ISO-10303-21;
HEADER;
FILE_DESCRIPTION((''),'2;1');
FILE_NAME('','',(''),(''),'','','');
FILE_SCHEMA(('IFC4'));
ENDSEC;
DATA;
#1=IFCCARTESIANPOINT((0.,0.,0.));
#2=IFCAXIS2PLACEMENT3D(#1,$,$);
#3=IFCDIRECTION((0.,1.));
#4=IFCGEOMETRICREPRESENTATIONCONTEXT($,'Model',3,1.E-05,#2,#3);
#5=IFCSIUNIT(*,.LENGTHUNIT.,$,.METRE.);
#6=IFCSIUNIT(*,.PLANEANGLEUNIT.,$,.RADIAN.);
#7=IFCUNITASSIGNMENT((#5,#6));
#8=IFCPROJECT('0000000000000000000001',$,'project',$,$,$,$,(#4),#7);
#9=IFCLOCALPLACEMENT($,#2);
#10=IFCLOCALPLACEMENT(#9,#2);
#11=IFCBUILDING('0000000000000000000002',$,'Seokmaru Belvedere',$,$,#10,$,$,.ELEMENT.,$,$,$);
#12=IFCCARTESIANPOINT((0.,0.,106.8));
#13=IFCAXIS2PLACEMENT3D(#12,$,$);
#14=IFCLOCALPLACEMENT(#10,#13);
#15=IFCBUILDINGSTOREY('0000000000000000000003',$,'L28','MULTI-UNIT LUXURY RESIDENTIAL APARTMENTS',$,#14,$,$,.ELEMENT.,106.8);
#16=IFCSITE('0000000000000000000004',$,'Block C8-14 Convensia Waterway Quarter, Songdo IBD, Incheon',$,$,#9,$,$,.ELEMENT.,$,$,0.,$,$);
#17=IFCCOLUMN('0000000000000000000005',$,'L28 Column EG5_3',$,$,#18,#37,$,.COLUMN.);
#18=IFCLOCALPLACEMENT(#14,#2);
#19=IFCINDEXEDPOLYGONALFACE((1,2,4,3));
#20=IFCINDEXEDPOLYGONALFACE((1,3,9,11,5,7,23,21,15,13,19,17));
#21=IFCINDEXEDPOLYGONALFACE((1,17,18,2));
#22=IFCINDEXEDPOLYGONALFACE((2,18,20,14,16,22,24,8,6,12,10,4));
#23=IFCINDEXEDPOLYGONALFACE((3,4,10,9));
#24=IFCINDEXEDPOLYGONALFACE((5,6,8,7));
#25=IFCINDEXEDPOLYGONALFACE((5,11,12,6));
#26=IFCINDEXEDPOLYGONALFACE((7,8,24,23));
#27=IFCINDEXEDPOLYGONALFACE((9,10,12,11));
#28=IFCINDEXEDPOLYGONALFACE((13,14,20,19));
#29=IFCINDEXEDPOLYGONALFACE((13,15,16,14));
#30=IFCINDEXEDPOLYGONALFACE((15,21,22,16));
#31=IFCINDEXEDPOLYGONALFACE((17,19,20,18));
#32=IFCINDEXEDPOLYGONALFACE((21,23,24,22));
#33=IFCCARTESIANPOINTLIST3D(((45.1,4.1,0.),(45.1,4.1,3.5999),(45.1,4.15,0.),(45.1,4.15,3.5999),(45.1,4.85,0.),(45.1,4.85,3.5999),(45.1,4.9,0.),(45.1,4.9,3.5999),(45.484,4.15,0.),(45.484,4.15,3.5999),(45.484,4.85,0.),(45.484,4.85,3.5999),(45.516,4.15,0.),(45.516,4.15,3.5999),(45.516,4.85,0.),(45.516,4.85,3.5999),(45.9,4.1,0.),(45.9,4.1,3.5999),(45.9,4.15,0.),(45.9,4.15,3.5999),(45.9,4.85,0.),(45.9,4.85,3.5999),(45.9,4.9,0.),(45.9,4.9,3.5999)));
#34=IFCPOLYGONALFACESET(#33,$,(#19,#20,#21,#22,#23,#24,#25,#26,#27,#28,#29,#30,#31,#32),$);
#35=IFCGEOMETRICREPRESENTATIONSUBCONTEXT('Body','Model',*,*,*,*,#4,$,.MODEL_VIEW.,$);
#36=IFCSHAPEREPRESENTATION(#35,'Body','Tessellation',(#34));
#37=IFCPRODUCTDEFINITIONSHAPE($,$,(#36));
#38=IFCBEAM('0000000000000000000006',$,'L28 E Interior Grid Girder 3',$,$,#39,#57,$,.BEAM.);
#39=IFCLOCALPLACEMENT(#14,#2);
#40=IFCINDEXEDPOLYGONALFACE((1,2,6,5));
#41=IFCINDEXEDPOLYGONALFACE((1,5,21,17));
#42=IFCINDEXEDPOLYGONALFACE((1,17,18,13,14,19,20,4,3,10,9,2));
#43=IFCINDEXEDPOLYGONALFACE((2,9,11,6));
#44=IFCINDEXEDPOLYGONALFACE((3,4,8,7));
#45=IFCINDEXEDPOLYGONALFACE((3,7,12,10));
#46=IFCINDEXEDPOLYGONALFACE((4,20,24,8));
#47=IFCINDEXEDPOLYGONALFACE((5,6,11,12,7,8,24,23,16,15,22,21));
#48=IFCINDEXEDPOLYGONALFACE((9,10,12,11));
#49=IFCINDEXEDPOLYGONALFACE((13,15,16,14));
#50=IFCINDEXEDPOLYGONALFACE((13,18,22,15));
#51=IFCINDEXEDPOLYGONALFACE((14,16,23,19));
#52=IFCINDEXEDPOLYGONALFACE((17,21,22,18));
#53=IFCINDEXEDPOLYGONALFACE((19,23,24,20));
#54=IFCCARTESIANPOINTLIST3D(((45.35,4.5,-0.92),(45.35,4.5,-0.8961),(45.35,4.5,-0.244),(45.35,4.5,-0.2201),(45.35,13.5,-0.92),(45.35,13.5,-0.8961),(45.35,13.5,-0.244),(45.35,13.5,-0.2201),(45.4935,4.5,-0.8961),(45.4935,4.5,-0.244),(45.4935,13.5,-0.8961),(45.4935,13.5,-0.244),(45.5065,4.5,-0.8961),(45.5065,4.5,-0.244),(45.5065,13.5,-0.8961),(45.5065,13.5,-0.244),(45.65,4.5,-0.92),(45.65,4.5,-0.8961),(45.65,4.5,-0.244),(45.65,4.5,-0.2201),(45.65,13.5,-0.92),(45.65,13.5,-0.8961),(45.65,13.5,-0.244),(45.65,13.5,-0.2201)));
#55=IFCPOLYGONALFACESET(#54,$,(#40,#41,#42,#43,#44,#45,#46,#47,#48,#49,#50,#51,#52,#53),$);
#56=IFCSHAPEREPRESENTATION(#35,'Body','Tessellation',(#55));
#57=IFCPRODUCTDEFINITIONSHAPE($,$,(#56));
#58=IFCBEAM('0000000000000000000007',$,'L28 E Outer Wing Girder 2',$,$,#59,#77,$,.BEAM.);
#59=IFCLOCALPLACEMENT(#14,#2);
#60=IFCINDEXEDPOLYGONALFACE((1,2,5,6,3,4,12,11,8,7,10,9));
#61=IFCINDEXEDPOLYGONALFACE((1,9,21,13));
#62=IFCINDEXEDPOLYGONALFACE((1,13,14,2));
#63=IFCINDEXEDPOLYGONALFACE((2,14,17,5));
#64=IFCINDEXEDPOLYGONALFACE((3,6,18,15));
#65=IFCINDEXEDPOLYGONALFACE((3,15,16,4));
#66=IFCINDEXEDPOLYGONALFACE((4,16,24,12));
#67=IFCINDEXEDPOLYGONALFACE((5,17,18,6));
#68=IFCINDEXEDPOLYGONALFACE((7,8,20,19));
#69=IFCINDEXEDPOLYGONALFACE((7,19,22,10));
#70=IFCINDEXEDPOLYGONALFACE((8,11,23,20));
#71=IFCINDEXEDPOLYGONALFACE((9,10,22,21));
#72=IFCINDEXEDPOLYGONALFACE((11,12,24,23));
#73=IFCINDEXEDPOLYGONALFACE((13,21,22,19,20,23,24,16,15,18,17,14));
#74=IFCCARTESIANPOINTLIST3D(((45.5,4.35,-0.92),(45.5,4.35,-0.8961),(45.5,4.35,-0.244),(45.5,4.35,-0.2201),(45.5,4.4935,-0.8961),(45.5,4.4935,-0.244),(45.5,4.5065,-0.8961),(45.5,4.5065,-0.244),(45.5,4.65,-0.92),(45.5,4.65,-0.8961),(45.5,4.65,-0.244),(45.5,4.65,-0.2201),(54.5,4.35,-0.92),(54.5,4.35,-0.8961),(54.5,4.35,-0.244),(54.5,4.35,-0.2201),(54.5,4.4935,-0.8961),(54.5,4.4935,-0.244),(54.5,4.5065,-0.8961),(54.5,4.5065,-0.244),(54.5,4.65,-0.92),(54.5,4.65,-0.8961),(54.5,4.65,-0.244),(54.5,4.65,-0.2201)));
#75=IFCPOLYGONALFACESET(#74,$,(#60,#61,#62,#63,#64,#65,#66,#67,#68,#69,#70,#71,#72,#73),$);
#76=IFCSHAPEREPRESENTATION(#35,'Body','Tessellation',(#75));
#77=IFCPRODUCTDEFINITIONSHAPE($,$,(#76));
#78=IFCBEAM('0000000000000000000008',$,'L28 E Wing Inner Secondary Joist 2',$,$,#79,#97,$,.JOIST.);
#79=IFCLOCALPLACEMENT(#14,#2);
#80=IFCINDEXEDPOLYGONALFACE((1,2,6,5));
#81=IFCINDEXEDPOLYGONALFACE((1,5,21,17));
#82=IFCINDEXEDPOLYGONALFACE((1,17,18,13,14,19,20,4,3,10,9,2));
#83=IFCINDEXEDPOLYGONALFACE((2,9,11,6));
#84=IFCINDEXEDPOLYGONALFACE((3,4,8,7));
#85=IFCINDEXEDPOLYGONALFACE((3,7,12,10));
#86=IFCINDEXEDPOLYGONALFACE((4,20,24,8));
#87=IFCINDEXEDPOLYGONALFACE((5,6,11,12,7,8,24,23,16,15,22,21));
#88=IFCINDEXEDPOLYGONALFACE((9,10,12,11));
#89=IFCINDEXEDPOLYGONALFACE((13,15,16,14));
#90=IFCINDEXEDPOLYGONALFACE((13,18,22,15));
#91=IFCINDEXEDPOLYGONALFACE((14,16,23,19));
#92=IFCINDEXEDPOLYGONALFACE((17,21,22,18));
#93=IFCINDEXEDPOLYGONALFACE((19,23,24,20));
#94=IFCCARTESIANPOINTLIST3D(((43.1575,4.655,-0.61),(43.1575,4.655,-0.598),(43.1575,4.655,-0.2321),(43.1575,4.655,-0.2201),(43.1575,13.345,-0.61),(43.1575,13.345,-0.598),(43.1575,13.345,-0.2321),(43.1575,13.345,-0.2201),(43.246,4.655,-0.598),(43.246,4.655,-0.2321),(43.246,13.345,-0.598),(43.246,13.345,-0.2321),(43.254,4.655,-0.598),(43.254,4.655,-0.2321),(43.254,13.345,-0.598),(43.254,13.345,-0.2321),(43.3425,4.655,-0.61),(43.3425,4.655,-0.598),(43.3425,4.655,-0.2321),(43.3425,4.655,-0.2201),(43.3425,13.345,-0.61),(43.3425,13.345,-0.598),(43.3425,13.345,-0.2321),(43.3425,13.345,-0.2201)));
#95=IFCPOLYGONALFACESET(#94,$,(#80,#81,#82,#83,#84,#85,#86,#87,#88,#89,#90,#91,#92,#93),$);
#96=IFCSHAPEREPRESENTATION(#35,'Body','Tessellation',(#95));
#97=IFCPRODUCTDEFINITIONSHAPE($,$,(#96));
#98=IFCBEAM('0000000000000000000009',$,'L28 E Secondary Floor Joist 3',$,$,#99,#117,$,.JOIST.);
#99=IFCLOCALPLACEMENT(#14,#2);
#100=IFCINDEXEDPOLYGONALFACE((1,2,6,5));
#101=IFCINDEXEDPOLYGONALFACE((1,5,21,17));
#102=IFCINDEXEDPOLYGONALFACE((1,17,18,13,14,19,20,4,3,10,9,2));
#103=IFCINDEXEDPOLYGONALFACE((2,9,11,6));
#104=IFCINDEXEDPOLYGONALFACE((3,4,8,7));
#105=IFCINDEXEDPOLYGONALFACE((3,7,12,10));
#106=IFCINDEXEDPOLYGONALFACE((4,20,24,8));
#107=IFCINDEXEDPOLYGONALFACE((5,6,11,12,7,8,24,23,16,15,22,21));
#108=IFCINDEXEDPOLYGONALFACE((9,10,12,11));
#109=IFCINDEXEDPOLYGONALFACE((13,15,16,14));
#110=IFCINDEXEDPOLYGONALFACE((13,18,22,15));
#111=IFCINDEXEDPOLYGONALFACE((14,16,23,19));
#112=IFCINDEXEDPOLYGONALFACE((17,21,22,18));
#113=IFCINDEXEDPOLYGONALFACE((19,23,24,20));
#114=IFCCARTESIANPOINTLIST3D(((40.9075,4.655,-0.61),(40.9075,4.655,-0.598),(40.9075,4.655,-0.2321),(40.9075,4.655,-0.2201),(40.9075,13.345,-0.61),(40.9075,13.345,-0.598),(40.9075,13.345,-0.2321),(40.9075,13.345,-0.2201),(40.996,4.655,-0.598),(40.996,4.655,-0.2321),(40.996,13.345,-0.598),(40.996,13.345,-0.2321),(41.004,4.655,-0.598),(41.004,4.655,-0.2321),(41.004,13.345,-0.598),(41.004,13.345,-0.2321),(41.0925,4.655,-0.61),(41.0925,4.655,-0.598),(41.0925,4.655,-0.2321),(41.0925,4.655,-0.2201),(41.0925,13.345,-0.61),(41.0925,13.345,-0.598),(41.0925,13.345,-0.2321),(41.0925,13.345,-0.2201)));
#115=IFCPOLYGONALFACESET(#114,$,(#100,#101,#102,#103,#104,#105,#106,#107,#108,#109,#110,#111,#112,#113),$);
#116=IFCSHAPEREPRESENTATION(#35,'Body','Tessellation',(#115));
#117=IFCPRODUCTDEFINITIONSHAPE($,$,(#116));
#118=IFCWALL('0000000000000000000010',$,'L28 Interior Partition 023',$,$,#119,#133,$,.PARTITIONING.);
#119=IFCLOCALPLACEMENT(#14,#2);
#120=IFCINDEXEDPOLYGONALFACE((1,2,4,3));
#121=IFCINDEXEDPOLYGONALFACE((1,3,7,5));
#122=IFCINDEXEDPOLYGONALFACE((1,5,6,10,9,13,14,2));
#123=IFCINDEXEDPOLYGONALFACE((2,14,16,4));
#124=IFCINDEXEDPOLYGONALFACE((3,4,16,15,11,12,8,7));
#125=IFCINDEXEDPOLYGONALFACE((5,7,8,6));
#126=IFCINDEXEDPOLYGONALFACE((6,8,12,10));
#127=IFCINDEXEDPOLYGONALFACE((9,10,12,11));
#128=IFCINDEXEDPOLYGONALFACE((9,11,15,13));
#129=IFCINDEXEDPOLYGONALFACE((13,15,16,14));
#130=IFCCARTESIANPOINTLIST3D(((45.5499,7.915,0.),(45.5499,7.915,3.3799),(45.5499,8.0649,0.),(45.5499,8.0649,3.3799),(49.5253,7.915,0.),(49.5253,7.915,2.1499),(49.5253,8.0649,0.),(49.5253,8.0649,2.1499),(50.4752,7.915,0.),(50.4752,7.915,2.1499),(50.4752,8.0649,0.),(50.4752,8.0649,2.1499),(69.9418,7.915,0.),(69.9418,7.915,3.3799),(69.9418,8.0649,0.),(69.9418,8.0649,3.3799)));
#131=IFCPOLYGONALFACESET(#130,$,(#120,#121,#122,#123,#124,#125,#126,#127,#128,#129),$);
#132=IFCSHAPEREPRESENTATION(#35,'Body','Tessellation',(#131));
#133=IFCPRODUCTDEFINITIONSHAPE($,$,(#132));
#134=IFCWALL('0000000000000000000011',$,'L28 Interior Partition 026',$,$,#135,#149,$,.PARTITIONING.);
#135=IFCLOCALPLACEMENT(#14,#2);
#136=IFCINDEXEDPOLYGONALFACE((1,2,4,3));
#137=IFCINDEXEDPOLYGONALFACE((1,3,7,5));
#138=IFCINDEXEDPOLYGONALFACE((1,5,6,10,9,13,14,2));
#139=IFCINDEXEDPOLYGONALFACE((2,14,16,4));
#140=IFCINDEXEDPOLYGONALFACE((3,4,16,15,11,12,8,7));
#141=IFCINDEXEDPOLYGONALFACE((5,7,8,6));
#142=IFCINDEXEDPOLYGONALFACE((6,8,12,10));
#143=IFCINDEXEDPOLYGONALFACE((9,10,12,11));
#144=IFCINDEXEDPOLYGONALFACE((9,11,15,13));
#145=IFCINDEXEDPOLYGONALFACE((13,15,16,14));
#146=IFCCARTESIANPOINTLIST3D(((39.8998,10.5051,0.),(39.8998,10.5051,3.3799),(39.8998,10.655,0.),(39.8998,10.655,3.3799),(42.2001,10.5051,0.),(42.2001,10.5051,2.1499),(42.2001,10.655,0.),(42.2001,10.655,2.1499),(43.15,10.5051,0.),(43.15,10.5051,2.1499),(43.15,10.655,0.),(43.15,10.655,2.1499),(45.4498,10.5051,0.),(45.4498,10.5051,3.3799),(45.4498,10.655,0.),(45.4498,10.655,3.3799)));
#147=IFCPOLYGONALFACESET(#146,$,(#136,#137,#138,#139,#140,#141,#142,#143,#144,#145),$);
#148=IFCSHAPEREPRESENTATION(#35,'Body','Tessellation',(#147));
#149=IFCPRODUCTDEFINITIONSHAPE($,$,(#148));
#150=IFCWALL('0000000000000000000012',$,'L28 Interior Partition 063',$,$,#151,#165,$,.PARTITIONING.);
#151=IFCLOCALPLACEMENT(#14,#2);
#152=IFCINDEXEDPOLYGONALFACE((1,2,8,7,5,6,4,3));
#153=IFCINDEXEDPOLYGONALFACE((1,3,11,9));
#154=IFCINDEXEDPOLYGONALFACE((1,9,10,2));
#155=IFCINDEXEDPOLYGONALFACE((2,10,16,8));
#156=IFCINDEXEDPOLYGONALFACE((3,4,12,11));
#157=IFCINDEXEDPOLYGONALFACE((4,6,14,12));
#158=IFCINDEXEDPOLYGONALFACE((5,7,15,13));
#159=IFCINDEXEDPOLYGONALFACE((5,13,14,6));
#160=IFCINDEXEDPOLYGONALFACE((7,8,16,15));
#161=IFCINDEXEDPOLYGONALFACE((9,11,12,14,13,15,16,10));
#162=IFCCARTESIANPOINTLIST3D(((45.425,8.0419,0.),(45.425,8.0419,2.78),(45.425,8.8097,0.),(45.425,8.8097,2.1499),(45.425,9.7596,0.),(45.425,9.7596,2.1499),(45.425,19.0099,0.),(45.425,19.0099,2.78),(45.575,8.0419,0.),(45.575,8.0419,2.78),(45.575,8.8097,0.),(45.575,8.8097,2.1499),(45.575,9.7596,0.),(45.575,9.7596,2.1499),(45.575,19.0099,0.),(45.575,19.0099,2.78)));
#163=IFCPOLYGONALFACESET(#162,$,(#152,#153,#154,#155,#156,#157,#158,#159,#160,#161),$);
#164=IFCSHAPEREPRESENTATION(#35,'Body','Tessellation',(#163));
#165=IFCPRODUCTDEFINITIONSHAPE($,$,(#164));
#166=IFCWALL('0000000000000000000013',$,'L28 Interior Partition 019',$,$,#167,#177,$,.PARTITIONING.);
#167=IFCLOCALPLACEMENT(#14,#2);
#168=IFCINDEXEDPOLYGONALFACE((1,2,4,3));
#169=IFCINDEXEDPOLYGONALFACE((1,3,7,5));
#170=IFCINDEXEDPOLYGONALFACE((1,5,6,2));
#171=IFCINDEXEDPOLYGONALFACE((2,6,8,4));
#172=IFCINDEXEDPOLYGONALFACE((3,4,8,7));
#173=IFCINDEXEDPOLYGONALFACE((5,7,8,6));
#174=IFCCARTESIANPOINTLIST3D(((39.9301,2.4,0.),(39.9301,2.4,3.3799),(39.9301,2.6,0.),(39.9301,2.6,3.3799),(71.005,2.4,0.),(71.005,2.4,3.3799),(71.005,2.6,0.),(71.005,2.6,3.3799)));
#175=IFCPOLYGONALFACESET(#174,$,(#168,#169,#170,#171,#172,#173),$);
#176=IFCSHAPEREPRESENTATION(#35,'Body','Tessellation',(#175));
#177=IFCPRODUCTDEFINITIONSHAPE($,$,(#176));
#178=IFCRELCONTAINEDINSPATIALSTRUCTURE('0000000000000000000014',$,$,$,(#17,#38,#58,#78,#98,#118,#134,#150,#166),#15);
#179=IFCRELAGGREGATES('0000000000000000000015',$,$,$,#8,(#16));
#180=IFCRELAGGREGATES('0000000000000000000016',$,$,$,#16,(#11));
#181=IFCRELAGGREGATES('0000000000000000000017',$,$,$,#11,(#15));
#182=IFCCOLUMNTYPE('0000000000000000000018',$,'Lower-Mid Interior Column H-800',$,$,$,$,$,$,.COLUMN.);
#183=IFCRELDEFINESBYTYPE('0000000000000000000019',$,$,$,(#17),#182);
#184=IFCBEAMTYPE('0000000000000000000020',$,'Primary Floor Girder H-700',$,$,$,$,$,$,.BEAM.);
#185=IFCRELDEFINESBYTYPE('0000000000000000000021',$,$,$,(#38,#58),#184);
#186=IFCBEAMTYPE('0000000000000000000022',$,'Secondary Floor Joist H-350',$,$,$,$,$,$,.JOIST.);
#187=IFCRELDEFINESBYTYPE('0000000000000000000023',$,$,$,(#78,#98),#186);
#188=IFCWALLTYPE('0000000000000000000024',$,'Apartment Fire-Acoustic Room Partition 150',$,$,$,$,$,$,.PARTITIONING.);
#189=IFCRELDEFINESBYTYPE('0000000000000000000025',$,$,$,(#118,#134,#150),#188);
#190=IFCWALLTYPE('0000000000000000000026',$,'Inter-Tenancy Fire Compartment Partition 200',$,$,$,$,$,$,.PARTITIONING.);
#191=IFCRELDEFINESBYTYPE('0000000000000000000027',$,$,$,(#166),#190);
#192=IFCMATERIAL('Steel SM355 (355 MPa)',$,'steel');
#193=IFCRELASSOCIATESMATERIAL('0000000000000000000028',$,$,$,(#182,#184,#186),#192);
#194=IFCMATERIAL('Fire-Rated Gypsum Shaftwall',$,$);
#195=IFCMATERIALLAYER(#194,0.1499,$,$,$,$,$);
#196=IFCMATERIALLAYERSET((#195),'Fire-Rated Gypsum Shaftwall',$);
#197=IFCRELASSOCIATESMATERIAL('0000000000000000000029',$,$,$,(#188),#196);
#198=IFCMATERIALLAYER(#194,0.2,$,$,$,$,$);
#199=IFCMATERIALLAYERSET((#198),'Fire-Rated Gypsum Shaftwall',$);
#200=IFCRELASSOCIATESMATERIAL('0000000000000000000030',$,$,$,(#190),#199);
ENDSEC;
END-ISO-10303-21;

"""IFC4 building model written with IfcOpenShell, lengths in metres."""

from ifc_helpers import new_model, si_unit, direction, frame, frame_2d, origin, origin_2d, place, context, subcontext, project, spatial, rectangle, i_section, extrude, source, transform, mapped, material, layer, layer_set, material_profile, profile_set, type_object, type_shapes, element, save


model = new_model("IFC4")

# Units and contexts
model_context = context("Model", 3, precision=1e-05, world=origin(), true_north=direction((0.0, 1.0)))
body_context = subcontext(model_context, "Body", "Model", "MODEL_VIEW")
ifc_project = project(units=[si_unit("LENGTHUNIT", "METRE"), si_unit("PLANEANGLEUNIT", "RADIAN")], contexts=[model_context])

# Site, building, storey
site_placement = place(None, origin())
site = spatial("IfcSite", under=ifc_project, at=site_placement, Name="Block C8-14 Convensia Waterway Quarter, Songdo IBD, Incheon", CompositionType="ELEMENT", RefElevation=0.0)
building_placement = place(site_placement, origin())
building = spatial("IfcBuilding", under=site, at=building_placement, Name="Seokmaru Belvedere", CompositionType="ELEMENT")
storey_placement = place(building_placement, frame((0.0, 0.0, 106.8)))
storey = spatial("IfcBuildingStorey", under=building, at=storey_placement, Name="L28", Description="MULTI-UNIT LUXURY RESIDENTIAL APARTMENTS", CompositionType="ELEMENT", Elevation=106.8)

# Column
ifc_material_1 = material(Name="Steel SM355 (355 MPa)", Category="steel")
ifc_material_profile_1 = material_profile(ifc_material_1, i_section(OverallWidth=0.8, OverallDepth=0.8, WebThickness=0.032, FlangeThickness=0.05, at=origin_2d()), Name="H-800x800x32x50")
ifc_profile_set_1 = profile_set([ifc_material_profile_1], Name="Steel SM355 (355 MPa)")
column_type = type_object("IfcColumnType", Name="Lower-Mid Interior Column H-800", PredefinedType="COLUMN", material=ifc_profile_set_1)
shared_shape_1 = source(origin(), body_context, "Body", "SweptSolid", [
    extrude(i_section(OverallWidth=0.8, OverallDepth=0.8, WebThickness=0.032, FlangeThickness=0.05, at=origin_2d()), origin(), (0.0, 0.0, 1.0), 3.5999),
])
type_shapes(column_type, [shared_shape_1])
column_placement = place(storey_placement, frame((45.5, 4.5, 0.0), z_axis=(0.0, 0.0, 1.0), x_axis=(1.0, 0.0, 0.0)))
element("IfcColumn", 1, at=column_placement, inside=storey, type_object=column_type, Name="L28 Column EG5_3", PredefinedType="COLUMN", context=body_context, shape_type="MappedRepresentation", body=[
    mapped(shared_shape_1, transform((0.0, 0.0, 0.0), scale=1.0)),
])

# Beams
ifc_material_profile_2 = material_profile(ifc_material_1, i_section(OverallWidth=0.3, OverallDepth=0.7, WebThickness=0.0129, FlangeThickness=0.0239, at=origin_2d()), Name="H-700x300x13x24")
ifc_profile_set_2 = profile_set([ifc_material_profile_2], Name="Steel SM355 (355 MPa)")
beam_type_1 = type_object("IfcBeamType", Name="Primary Floor Girder H-700", PredefinedType="BEAM", material=ifc_profile_set_2)
shared_shape_2 = source(origin(), body_context, "Body", "SweptSolid", [
    extrude(i_section(OverallWidth=0.3, OverallDepth=0.7, WebThickness=0.0129, FlangeThickness=0.0239, at=origin_2d()), origin(), (0.0, 0.0, 1.0), 9.0),
])
type_shapes(beam_type_1, [shared_shape_2])
for number, where, z_axis, x_axis, name in (
    (2, (45.5, 4.5, -0.5701), (0.0, 1.0, 0.0), (-1.0, 0.0, 0.0), "L28 E Interior Grid Girder 3"),
    (3, (45.5, 4.5, -0.5701), (1.0, 0.0, 0.0), (0.0, 1.0, 0.0), "L28 E Outer Wing Girder 2"),
):
    element("IfcBeam", number, at=place(storey_placement, frame(where, z_axis=z_axis, x_axis=x_axis)), inside=storey, type_object=beam_type_1, Name=name, PredefinedType="BEAM", context=body_context, shape_type="MappedRepresentation", body=[
        mapped(shared_shape_2, transform((0.0, 0.0, 0.0), scale=1.0)),
    ])
ifc_material_profile_3 = material_profile(ifc_material_1, i_section(OverallWidth=0.1851, OverallDepth=0.3899, WebThickness=0.0081, FlangeThickness=0.012, at=origin_2d()), Name="H-390x185x8x12")
ifc_profile_set_3 = profile_set([ifc_material_profile_3], Name="Steel SM355 (355 MPa)")
beam_type_2 = type_object("IfcBeamType", Name="Secondary Floor Joist H-350", PredefinedType="JOIST", material=ifc_profile_set_3)
shared_shape_3 = source(origin(), body_context, "Body", "SweptSolid", [
    extrude(i_section(OverallWidth=0.1851, OverallDepth=0.3899, WebThickness=0.0081, FlangeThickness=0.012, at=origin_2d()), origin(), (0.0, 0.0, 1.0), 8.6899),
])
type_shapes(beam_type_2, [shared_shape_3])
for number, where, z_axis, x_axis, name in (
    (4, (43.25, 4.655, -0.415), (0.0, 1.0, 0.0), (-1.0, 0.0, 0.0), "L28 E Wing Inner Secondary Joist 2"),
    (5, (41.0, 4.655, -0.415), (0.0, 1.0, 0.0), (-1.0, 0.0, 0.0), "L28 E Secondary Floor Joist 3"),
):
    element("IfcBeam", number, at=place(storey_placement, frame(where, z_axis=z_axis, x_axis=x_axis)), inside=storey, type_object=beam_type_2, Name=name, PredefinedType="JOIST", context=body_context, shape_type="MappedRepresentation", body=[
        mapped(shared_shape_3, transform((0.0, 0.0, 0.0), scale=1.0)),
    ])

# Walls, openings
ifc_material_2 = material(Name="Fire-Rated Gypsum Shaftwall")
ifc_layer_1 = layer(ifc_material_2, 0.1499)
ifc_layer_set_1 = layer_set([ifc_layer_1], Name="Fire-Rated Gypsum Shaftwall")
wall_type_1 = type_object("IfcWallType", Name="Apartment Fire-Acoustic Room Partition 150", PredefinedType="PARTITIONING", material=ifc_layer_set_1)
wall_1_placement = place(storey_placement, frame((45.55, 7.99, 0.0), z_axis=(0.0, 0.0, 1.0), x_axis=(1.0, 0.0, 0.0)))
wall_1 = element("IfcWall", 6, at=wall_1_placement, inside=storey, type_object=wall_type_1, Name="L28 Interior Partition 023", PredefinedType="PARTITIONING", context=body_context, shape_type="SweptSolid", body=[
    extrude(rectangle(XDim=24.3918, YDim=0.1499, at=frame_2d((12.1958, 0.0))), origin(), (0.0, 0.0, 1.0), 3.3799),
])
opening_1_placement = place(wall_1_placement, frame((3.9751, 0.0, 0.0)))
element("IfcOpeningElement", 7, at=opening_1_placement, cuts=wall_1, PredefinedType="OPENING", context=body_context, shape_type="SweptSolid", body=[
    extrude(rectangle(XDim=0.95, YDim=2.1499, at=frame_2d((0.4751, 1.075))), frame((0.0, 0.085, 0.0), z_axis=(0.0, -1.0, 0.0), x_axis=(1.0, 0.0, 0.0)), (0.0, 0.0, 1.0), 0.1699),
])
wall_2_placement = place(storey_placement, frame((39.8999, 10.5801, 0.0), z_axis=(0.0, 0.0, 1.0), x_axis=(1.0, 0.0, 0.0)))
wall_2 = element("IfcWall", 8, at=wall_2_placement, inside=storey, type_object=wall_type_1, Name="L28 Interior Partition 026", PredefinedType="PARTITIONING", context=body_context, shape_type="SweptSolid", body=[
    extrude(rectangle(XDim=5.55, YDim=0.1499, at=frame_2d((2.7749, 0.0))), origin(), (0.0, 0.0, 1.0), 3.3799),
])
opening_2_placement = place(wall_2_placement, frame((2.3, 0.0, 0.0)))
element("IfcOpeningElement", 9, at=opening_2_placement, cuts=wall_2, PredefinedType="OPENING", context=body_context, shape_type="SweptSolid", body=[
    extrude(rectangle(XDim=0.95, YDim=2.1499, at=frame_2d((0.4751, 1.075))), frame((0.0, 0.085, 0.0), z_axis=(0.0, -1.0, 0.0), x_axis=(1.0, 0.0, 0.0)), (0.0, 0.0, 1.0), 0.1699),
])
wall_3_placement = place(storey_placement, frame((45.5, 8.042, 0.0), z_axis=(0.0, 0.0, 1.0), x_axis=(0.0, 1.0, 0.0)))
wall_3 = element("IfcWall", 10, at=wall_3_placement, inside=storey, type_object=wall_type_1, Name="L28 Interior Partition 063", PredefinedType="PARTITIONING", context=body_context, shape_type="SweptSolid", body=[
    extrude(rectangle(XDim=10.968, YDim=0.1499, at=frame_2d((5.4839, 0.0))), origin(), (0.0, 0.0, 1.0), 2.78),
])
opening_3_placement = place(wall_3_placement, frame((0.7676, 0.0, 0.0)))
element("IfcOpeningElement", 11, at=opening_3_placement, cuts=wall_3, PredefinedType="OPENING", context=body_context, shape_type="SweptSolid", body=[
    extrude(rectangle(XDim=0.95, YDim=2.1499, at=frame_2d((0.4751, 1.075))), frame((0.0, 0.085, 0.0), z_axis=(0.0, -1.0, 0.0), x_axis=(1.0, 0.0, 0.0)), (0.0, 0.0, 1.0), 0.1699),
])

# Wall
ifc_layer_2 = layer(ifc_material_2, 0.2)
ifc_layer_set_2 = layer_set([ifc_layer_2], Name="Fire-Rated Gypsum Shaftwall")
wall_type_2 = type_object("IfcWallType", Name="Inter-Tenancy Fire Compartment Partition 200", PredefinedType="PARTITIONING", material=ifc_layer_set_2)
wall_4_placement = place(storey_placement, frame((39.9299, 2.5, 0.0), z_axis=(0.0, 0.0, 1.0), x_axis=(1.0, 0.0, 0.0)))
element("IfcWall", 12, at=wall_4_placement, inside=storey, type_object=wall_type_2, Name="L28 Interior Partition 019", PredefinedType="PARTITIONING", context=body_context, shape_type="SweptSolid", body=[
    extrude(rectangle(XDim=31.075, YDim=0.2, at=frame_2d((15.5376, 0.0))), origin(), (0.0, 0.0, 1.0), 3.3799),
])

save(model, "model.ifc")
